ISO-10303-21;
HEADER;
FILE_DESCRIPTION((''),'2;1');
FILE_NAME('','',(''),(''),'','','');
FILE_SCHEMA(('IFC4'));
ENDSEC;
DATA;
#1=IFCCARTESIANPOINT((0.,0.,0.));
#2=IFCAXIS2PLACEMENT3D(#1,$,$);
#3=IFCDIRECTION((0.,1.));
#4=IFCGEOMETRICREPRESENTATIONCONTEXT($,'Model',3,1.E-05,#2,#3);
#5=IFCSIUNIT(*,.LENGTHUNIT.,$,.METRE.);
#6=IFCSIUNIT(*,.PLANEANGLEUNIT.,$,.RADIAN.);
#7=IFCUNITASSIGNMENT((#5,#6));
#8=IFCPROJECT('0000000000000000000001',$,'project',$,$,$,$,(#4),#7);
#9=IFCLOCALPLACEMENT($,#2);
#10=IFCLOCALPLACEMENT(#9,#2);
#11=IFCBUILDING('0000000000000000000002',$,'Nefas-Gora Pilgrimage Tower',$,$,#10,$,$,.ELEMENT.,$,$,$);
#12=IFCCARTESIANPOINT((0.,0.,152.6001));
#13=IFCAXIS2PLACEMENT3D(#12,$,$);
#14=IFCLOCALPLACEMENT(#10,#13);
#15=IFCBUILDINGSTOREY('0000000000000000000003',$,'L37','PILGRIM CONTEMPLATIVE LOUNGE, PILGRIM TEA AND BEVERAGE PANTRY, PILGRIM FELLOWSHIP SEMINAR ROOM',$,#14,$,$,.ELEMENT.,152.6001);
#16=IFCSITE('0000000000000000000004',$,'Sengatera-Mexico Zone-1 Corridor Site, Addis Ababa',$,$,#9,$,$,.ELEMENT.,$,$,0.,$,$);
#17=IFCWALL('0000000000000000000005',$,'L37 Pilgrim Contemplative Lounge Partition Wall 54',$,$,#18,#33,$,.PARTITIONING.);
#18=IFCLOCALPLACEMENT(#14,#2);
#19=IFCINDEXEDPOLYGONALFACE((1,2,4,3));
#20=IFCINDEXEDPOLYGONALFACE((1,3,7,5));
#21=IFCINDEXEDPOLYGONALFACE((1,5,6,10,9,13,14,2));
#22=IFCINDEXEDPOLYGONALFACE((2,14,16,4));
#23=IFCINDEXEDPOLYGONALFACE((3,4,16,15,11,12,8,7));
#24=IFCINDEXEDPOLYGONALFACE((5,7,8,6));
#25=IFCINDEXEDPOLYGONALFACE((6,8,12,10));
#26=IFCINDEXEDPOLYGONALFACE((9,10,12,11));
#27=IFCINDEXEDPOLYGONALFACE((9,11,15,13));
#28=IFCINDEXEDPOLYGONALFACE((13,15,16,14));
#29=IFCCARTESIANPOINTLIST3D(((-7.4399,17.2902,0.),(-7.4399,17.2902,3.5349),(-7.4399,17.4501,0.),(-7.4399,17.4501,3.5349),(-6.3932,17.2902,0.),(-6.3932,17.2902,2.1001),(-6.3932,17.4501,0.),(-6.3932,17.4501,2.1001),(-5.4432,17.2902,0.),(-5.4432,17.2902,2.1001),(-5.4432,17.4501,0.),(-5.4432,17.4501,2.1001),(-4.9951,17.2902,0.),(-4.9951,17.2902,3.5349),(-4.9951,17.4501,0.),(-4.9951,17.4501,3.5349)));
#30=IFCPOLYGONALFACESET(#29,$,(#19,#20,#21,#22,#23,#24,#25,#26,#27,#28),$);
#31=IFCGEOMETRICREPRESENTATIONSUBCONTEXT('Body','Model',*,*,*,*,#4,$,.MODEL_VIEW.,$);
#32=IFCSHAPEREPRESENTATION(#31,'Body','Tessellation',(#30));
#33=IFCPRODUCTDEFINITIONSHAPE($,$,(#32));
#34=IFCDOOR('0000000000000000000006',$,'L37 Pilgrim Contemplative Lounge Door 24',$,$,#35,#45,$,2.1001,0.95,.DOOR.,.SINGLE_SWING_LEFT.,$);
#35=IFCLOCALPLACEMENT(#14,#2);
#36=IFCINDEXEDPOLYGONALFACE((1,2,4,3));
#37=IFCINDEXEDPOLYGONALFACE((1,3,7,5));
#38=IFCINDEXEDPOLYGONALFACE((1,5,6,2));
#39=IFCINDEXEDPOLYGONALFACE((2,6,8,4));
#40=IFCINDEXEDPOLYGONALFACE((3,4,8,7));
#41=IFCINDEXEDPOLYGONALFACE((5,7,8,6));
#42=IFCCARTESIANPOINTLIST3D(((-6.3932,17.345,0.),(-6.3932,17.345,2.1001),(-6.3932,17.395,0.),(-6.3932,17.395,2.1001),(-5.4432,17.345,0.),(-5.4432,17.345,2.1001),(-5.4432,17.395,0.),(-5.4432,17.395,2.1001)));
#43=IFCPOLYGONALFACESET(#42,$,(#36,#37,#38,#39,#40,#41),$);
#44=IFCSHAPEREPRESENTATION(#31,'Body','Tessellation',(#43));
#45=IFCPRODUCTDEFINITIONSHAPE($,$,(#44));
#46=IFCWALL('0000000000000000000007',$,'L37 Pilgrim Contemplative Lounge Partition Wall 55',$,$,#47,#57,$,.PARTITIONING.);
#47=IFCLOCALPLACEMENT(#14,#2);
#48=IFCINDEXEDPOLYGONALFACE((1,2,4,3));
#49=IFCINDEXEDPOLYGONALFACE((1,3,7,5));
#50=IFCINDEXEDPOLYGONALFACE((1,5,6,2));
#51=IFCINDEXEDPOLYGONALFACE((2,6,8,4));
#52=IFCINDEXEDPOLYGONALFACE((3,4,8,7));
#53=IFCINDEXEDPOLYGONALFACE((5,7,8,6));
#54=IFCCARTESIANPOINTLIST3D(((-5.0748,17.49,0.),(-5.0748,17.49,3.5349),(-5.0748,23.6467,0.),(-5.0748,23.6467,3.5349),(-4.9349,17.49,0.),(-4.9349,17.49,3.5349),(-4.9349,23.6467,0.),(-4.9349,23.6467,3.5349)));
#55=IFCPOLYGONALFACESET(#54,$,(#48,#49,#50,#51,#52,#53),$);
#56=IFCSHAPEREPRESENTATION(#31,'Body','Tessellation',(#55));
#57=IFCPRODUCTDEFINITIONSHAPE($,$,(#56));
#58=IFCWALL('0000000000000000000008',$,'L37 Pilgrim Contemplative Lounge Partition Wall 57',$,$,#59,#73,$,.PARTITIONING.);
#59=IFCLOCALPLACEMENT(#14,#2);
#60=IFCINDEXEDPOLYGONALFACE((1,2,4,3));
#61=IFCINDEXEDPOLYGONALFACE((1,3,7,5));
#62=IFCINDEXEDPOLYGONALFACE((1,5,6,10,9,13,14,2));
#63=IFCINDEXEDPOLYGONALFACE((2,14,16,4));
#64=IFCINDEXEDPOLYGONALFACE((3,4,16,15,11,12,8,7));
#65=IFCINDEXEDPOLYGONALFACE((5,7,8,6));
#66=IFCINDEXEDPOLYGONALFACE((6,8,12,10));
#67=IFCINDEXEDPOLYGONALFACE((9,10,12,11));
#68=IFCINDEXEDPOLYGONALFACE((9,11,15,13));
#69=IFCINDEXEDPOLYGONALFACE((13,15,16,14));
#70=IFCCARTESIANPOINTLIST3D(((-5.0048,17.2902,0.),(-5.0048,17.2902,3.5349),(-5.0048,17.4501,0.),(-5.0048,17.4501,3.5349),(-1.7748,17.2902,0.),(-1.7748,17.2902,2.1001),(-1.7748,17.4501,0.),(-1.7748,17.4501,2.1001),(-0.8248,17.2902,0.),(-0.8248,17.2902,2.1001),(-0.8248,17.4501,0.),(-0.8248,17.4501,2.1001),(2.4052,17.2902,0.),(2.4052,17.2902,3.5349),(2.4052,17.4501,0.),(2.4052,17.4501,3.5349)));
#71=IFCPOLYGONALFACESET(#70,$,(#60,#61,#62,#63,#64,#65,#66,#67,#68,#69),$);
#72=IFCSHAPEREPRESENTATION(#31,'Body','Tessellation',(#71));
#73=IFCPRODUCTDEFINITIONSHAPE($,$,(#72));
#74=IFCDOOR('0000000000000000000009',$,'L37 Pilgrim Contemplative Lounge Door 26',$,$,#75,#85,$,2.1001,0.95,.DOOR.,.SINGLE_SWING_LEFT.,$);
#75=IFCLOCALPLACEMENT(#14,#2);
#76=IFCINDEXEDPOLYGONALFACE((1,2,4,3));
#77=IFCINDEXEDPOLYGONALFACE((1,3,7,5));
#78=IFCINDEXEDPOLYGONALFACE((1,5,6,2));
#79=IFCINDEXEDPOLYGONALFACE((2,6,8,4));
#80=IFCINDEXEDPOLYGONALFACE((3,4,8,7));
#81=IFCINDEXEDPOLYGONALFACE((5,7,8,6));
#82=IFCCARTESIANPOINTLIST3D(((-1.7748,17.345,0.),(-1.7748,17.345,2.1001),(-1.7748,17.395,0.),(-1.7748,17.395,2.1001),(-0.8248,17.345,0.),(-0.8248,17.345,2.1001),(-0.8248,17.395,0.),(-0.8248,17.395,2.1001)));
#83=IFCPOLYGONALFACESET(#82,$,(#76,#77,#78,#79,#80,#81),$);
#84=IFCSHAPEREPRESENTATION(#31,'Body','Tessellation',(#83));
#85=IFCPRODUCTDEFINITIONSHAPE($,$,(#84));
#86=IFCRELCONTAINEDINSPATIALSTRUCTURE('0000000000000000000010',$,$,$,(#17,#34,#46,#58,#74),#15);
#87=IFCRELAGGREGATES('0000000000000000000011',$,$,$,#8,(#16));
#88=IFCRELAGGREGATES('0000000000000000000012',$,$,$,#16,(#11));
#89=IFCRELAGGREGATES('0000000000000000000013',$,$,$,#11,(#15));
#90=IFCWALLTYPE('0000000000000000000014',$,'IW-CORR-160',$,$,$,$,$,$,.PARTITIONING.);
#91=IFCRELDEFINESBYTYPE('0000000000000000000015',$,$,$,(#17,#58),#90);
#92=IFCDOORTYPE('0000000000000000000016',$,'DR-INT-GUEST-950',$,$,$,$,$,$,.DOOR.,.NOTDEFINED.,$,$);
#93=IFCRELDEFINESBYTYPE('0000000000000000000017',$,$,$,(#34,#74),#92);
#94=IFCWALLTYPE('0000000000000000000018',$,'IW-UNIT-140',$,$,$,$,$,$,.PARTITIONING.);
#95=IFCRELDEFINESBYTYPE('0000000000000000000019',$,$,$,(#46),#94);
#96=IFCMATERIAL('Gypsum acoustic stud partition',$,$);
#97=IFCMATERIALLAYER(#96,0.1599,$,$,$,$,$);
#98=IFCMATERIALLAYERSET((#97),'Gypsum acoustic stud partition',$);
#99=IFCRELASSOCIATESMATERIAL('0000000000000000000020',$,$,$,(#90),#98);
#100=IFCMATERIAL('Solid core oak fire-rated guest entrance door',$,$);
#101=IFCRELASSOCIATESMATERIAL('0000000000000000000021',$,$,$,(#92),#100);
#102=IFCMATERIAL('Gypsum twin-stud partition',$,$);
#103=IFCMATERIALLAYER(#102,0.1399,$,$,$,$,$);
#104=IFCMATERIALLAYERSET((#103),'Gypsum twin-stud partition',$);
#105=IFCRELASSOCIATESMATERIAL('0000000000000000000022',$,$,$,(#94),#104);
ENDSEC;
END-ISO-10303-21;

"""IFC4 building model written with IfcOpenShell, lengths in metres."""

from ifc_helpers import new_model, si_unit, direction, frame, frame_2d, origin, place, context, subcontext, project, spatial, rectangle, extrude, source, transform, mapped, material, layer, layer_set, type_object, element, fill, save


model = new_model("IFC4")

# Units and contexts
model_context = context("Model", 3, precision=1e-05, world=origin(), true_north=direction((0.0, 1.0)))
body_context = subcontext(model_context, "Body", "Model", "MODEL_VIEW")
ifc_project = project(units=[si_unit("LENGTHUNIT", "METRE"), si_unit("PLANEANGLEUNIT", "RADIAN")], contexts=[model_context])

# Site, building, storey
site_placement = place(None, origin())
site = spatial("IfcSite", under=ifc_project, at=site_placement, Name="Sengatera-Mexico Zone-1 Corridor Site, Addis Ababa", CompositionType="ELEMENT", RefElevation=0.0)
building_placement = place(site_placement, origin())
building = spatial("IfcBuilding", under=site, at=building_placement, Name="Nefas-Gora Pilgrimage Tower", CompositionType="ELEMENT")
storey_placement = place(building_placement, frame((0.0, 0.0, 152.6001)))
storey = spatial("IfcBuildingStorey", under=building, at=storey_placement, Name="L37", Description="PILGRIM CONTEMPLATIVE LOUNGE, PILGRIM TEA AND BEVERAGE PANTRY, PILGRIM FELLOWSHIP SEMINAR ROOM", CompositionType="ELEMENT", Elevation=152.6001)

# Wall, opening, door
ifc_material_1 = material(Name="Gypsum acoustic stud partition")
ifc_layer_1 = layer(ifc_material_1, 0.1599)
ifc_layer_set_1 = layer_set([ifc_layer_1], Name="Gypsum acoustic stud partition")
wall_type_1 = type_object("IfcWallType", Name="IW-CORR-160", PredefinedType="PARTITIONING", material=ifc_layer_set_1)
shared_shape_1 = source(origin(), body_context, "Body", "SweptSolid", [
    extrude(rectangle(XDim=2.4448, YDim=0.1599, at=frame_2d((1.2224, 0.0))), origin(), (0.0, 0.0, 1.0), 3.5349),
])
wall_1_placement = place(storey_placement, frame((-7.4399, 17.3701, 0.0), z_axis=(0.0, 0.0, 1.0), x_axis=(1.0, 0.0, 0.0)))
wall_1 = element("IfcWall", 1, at=wall_1_placement, inside=storey, type_object=wall_type_1, Name="L37 Pilgrim Contemplative Lounge Partition Wall 54", PredefinedType="PARTITIONING", context=body_context, shape_type="MappedRepresentation", body=[
    mapped(shared_shape_1, transform((0.0, 0.0, 0.0), x_axis=(1.0, 0.0, 0.0), y_axis=(0.0, 1.0, 0.0), z_axis=(0.0, 0.0, 1.0), scale=1.0)),
])
opening_1_placement = place(wall_1_placement, frame((1.0466, 0.0, 0.0)))
opening_1 = element("IfcOpeningElement", 2, at=opening_1_placement, cuts=wall_1, PredefinedType="OPENING", context=body_context, shape_type="SweptSolid", body=[
    extrude(rectangle(XDim=0.95, YDim=2.1001, at=frame_2d((0.4751, 1.05))), frame((0.0, 0.0898, 0.0), z_axis=(0.0, -1.0, 0.0), x_axis=(1.0, 0.0, 0.0)), (0.0, 0.0, 1.0), 0.1799),
])
ifc_material_2 = material(Name="Solid core oak fire-rated guest entrance door")
door_type = type_object("IfcDoorType", Name="DR-INT-GUEST-950", OperationType="NOTDEFINED", PredefinedType="DOOR", material=ifc_material_2)
shared_shape_2 = source(origin(), body_context, "Body", "SweptSolid", [
    extrude(rectangle(XDim=0.95, YDim=2.1001, at=frame_2d((0.4751, 1.05))), frame((0.0, 0.0249, 0.0), z_axis=(0.0, -1.0, 0.0), x_axis=(1.0, 0.0, 0.0)), (0.0, 0.0, 1.0), 0.05),
])
door_1_placement = place(opening_1_placement, origin())
door_1 = element("IfcDoor", 3, at=door_1_placement, inside=storey, type_object=door_type, Name="L37 Pilgrim Contemplative Lounge Door 24", OperationType="SINGLE_SWING_LEFT", OverallHeight=2.1001, OverallWidth=0.95, PredefinedType="DOOR", context=body_context, shape_type="MappedRepresentation", body=[
    mapped(shared_shape_2, transform((0.0, 0.0, 0.0), x_axis=(1.0, 0.0, 0.0), y_axis=(0.0, 1.0, 0.0), z_axis=(0.0, 0.0, 1.0), scale=1.0)),
])
fill(opening_1, door_1)

# Wall
ifc_material_3 = material(Name="Gypsum twin-stud partition")
ifc_layer_2 = layer(ifc_material_3, 0.1399)
ifc_layer_set_2 = layer_set([ifc_layer_2], Name="Gypsum twin-stud partition")
wall_type_2 = type_object("IfcWallType", Name="IW-UNIT-140", PredefinedType="PARTITIONING", material=ifc_layer_set_2)
shared_shape_3 = source(origin(), body_context, "Body", "SweptSolid", [
    extrude(rectangle(XDim=6.1567, YDim=0.1399, at=frame_2d((3.0784, 0.0))), origin(), (0.0, 0.0, 1.0), 3.5349),
])
wall_2_placement = place(storey_placement, frame((-5.0049, 17.49, 0.0), z_axis=(0.0, 0.0, 1.0), x_axis=(0.0, 1.0, 0.0)))
element("IfcWall", 4, at=wall_2_placement, inside=storey, type_object=wall_type_2, Name="L37 Pilgrim Contemplative Lounge Partition Wall 55", PredefinedType="PARTITIONING", context=body_context, shape_type="MappedRepresentation", body=[
    mapped(shared_shape_3, transform((0.0, 0.0, 0.0), x_axis=(1.0, 0.0, 0.0), y_axis=(0.0, 1.0, 0.0), z_axis=(0.0, 0.0, 1.0), scale=1.0)),
])

# Wall, opening, door
shared_shape_4 = source(origin(), body_context, "Body", "SweptSolid", [
    extrude(rectangle(XDim=7.4099, YDim=0.1599, at=frame_2d((3.7051, 0.0))), origin(), (0.0, 0.0, 1.0), 3.5349),
])
wall_3_placement = place(storey_placement, frame((-5.0049, 17.3701, 0.0), z_axis=(0.0, 0.0, 1.0), x_axis=(1.0, 0.0, 0.0)))
wall_3 = element("IfcWall", 5, at=wall_3_placement, inside=storey, type_object=wall_type_1, Name="L37 Pilgrim Contemplative Lounge Partition Wall 57", PredefinedType="PARTITIONING", context=body_context, shape_type="MappedRepresentation", body=[
    mapped(shared_shape_4, transform((0.0, 0.0, 0.0), x_axis=(1.0, 0.0, 0.0), y_axis=(0.0, 1.0, 0.0), z_axis=(0.0, 0.0, 1.0), scale=1.0)),
])
opening_2_placement = place(wall_3_placement, frame((3.23, 0.0, 0.0)))
opening_2 = element("IfcOpeningElement", 6, at=opening_2_placement, cuts=wall_3, PredefinedType="OPENING", context=body_context, shape_type="SweptSolid", body=[
    extrude(rectangle(XDim=0.95, YDim=2.1001, at=frame_2d((0.4751, 1.05))), frame((0.0, 0.0898, 0.0), z_axis=(0.0, -1.0, 0.0), x_axis=(1.0, 0.0, 0.0)), (0.0, 0.0, 1.0), 0.1799),
])
door_2_placement = place(opening_2_placement, origin())
door_2 = element("IfcDoor", 7, at=door_2_placement, inside=storey, type_object=door_type, Name="L37 Pilgrim Contemplative Lounge Door 26", OperationType="SINGLE_SWING_LEFT", OverallHeight=2.1001, OverallWidth=0.95, PredefinedType="DOOR", context=body_context, shape_type="MappedRepresentation", body=[
    mapped(shared_shape_2, transform((0.0, 0.0, 0.0), x_axis=(1.0, 0.0, 0.0), y_axis=(0.0, 1.0, 0.0), z_axis=(0.0, 0.0, 1.0), scale=1.0)),
])
fill(opening_2, door_2)

save(model, "model.ifc")
